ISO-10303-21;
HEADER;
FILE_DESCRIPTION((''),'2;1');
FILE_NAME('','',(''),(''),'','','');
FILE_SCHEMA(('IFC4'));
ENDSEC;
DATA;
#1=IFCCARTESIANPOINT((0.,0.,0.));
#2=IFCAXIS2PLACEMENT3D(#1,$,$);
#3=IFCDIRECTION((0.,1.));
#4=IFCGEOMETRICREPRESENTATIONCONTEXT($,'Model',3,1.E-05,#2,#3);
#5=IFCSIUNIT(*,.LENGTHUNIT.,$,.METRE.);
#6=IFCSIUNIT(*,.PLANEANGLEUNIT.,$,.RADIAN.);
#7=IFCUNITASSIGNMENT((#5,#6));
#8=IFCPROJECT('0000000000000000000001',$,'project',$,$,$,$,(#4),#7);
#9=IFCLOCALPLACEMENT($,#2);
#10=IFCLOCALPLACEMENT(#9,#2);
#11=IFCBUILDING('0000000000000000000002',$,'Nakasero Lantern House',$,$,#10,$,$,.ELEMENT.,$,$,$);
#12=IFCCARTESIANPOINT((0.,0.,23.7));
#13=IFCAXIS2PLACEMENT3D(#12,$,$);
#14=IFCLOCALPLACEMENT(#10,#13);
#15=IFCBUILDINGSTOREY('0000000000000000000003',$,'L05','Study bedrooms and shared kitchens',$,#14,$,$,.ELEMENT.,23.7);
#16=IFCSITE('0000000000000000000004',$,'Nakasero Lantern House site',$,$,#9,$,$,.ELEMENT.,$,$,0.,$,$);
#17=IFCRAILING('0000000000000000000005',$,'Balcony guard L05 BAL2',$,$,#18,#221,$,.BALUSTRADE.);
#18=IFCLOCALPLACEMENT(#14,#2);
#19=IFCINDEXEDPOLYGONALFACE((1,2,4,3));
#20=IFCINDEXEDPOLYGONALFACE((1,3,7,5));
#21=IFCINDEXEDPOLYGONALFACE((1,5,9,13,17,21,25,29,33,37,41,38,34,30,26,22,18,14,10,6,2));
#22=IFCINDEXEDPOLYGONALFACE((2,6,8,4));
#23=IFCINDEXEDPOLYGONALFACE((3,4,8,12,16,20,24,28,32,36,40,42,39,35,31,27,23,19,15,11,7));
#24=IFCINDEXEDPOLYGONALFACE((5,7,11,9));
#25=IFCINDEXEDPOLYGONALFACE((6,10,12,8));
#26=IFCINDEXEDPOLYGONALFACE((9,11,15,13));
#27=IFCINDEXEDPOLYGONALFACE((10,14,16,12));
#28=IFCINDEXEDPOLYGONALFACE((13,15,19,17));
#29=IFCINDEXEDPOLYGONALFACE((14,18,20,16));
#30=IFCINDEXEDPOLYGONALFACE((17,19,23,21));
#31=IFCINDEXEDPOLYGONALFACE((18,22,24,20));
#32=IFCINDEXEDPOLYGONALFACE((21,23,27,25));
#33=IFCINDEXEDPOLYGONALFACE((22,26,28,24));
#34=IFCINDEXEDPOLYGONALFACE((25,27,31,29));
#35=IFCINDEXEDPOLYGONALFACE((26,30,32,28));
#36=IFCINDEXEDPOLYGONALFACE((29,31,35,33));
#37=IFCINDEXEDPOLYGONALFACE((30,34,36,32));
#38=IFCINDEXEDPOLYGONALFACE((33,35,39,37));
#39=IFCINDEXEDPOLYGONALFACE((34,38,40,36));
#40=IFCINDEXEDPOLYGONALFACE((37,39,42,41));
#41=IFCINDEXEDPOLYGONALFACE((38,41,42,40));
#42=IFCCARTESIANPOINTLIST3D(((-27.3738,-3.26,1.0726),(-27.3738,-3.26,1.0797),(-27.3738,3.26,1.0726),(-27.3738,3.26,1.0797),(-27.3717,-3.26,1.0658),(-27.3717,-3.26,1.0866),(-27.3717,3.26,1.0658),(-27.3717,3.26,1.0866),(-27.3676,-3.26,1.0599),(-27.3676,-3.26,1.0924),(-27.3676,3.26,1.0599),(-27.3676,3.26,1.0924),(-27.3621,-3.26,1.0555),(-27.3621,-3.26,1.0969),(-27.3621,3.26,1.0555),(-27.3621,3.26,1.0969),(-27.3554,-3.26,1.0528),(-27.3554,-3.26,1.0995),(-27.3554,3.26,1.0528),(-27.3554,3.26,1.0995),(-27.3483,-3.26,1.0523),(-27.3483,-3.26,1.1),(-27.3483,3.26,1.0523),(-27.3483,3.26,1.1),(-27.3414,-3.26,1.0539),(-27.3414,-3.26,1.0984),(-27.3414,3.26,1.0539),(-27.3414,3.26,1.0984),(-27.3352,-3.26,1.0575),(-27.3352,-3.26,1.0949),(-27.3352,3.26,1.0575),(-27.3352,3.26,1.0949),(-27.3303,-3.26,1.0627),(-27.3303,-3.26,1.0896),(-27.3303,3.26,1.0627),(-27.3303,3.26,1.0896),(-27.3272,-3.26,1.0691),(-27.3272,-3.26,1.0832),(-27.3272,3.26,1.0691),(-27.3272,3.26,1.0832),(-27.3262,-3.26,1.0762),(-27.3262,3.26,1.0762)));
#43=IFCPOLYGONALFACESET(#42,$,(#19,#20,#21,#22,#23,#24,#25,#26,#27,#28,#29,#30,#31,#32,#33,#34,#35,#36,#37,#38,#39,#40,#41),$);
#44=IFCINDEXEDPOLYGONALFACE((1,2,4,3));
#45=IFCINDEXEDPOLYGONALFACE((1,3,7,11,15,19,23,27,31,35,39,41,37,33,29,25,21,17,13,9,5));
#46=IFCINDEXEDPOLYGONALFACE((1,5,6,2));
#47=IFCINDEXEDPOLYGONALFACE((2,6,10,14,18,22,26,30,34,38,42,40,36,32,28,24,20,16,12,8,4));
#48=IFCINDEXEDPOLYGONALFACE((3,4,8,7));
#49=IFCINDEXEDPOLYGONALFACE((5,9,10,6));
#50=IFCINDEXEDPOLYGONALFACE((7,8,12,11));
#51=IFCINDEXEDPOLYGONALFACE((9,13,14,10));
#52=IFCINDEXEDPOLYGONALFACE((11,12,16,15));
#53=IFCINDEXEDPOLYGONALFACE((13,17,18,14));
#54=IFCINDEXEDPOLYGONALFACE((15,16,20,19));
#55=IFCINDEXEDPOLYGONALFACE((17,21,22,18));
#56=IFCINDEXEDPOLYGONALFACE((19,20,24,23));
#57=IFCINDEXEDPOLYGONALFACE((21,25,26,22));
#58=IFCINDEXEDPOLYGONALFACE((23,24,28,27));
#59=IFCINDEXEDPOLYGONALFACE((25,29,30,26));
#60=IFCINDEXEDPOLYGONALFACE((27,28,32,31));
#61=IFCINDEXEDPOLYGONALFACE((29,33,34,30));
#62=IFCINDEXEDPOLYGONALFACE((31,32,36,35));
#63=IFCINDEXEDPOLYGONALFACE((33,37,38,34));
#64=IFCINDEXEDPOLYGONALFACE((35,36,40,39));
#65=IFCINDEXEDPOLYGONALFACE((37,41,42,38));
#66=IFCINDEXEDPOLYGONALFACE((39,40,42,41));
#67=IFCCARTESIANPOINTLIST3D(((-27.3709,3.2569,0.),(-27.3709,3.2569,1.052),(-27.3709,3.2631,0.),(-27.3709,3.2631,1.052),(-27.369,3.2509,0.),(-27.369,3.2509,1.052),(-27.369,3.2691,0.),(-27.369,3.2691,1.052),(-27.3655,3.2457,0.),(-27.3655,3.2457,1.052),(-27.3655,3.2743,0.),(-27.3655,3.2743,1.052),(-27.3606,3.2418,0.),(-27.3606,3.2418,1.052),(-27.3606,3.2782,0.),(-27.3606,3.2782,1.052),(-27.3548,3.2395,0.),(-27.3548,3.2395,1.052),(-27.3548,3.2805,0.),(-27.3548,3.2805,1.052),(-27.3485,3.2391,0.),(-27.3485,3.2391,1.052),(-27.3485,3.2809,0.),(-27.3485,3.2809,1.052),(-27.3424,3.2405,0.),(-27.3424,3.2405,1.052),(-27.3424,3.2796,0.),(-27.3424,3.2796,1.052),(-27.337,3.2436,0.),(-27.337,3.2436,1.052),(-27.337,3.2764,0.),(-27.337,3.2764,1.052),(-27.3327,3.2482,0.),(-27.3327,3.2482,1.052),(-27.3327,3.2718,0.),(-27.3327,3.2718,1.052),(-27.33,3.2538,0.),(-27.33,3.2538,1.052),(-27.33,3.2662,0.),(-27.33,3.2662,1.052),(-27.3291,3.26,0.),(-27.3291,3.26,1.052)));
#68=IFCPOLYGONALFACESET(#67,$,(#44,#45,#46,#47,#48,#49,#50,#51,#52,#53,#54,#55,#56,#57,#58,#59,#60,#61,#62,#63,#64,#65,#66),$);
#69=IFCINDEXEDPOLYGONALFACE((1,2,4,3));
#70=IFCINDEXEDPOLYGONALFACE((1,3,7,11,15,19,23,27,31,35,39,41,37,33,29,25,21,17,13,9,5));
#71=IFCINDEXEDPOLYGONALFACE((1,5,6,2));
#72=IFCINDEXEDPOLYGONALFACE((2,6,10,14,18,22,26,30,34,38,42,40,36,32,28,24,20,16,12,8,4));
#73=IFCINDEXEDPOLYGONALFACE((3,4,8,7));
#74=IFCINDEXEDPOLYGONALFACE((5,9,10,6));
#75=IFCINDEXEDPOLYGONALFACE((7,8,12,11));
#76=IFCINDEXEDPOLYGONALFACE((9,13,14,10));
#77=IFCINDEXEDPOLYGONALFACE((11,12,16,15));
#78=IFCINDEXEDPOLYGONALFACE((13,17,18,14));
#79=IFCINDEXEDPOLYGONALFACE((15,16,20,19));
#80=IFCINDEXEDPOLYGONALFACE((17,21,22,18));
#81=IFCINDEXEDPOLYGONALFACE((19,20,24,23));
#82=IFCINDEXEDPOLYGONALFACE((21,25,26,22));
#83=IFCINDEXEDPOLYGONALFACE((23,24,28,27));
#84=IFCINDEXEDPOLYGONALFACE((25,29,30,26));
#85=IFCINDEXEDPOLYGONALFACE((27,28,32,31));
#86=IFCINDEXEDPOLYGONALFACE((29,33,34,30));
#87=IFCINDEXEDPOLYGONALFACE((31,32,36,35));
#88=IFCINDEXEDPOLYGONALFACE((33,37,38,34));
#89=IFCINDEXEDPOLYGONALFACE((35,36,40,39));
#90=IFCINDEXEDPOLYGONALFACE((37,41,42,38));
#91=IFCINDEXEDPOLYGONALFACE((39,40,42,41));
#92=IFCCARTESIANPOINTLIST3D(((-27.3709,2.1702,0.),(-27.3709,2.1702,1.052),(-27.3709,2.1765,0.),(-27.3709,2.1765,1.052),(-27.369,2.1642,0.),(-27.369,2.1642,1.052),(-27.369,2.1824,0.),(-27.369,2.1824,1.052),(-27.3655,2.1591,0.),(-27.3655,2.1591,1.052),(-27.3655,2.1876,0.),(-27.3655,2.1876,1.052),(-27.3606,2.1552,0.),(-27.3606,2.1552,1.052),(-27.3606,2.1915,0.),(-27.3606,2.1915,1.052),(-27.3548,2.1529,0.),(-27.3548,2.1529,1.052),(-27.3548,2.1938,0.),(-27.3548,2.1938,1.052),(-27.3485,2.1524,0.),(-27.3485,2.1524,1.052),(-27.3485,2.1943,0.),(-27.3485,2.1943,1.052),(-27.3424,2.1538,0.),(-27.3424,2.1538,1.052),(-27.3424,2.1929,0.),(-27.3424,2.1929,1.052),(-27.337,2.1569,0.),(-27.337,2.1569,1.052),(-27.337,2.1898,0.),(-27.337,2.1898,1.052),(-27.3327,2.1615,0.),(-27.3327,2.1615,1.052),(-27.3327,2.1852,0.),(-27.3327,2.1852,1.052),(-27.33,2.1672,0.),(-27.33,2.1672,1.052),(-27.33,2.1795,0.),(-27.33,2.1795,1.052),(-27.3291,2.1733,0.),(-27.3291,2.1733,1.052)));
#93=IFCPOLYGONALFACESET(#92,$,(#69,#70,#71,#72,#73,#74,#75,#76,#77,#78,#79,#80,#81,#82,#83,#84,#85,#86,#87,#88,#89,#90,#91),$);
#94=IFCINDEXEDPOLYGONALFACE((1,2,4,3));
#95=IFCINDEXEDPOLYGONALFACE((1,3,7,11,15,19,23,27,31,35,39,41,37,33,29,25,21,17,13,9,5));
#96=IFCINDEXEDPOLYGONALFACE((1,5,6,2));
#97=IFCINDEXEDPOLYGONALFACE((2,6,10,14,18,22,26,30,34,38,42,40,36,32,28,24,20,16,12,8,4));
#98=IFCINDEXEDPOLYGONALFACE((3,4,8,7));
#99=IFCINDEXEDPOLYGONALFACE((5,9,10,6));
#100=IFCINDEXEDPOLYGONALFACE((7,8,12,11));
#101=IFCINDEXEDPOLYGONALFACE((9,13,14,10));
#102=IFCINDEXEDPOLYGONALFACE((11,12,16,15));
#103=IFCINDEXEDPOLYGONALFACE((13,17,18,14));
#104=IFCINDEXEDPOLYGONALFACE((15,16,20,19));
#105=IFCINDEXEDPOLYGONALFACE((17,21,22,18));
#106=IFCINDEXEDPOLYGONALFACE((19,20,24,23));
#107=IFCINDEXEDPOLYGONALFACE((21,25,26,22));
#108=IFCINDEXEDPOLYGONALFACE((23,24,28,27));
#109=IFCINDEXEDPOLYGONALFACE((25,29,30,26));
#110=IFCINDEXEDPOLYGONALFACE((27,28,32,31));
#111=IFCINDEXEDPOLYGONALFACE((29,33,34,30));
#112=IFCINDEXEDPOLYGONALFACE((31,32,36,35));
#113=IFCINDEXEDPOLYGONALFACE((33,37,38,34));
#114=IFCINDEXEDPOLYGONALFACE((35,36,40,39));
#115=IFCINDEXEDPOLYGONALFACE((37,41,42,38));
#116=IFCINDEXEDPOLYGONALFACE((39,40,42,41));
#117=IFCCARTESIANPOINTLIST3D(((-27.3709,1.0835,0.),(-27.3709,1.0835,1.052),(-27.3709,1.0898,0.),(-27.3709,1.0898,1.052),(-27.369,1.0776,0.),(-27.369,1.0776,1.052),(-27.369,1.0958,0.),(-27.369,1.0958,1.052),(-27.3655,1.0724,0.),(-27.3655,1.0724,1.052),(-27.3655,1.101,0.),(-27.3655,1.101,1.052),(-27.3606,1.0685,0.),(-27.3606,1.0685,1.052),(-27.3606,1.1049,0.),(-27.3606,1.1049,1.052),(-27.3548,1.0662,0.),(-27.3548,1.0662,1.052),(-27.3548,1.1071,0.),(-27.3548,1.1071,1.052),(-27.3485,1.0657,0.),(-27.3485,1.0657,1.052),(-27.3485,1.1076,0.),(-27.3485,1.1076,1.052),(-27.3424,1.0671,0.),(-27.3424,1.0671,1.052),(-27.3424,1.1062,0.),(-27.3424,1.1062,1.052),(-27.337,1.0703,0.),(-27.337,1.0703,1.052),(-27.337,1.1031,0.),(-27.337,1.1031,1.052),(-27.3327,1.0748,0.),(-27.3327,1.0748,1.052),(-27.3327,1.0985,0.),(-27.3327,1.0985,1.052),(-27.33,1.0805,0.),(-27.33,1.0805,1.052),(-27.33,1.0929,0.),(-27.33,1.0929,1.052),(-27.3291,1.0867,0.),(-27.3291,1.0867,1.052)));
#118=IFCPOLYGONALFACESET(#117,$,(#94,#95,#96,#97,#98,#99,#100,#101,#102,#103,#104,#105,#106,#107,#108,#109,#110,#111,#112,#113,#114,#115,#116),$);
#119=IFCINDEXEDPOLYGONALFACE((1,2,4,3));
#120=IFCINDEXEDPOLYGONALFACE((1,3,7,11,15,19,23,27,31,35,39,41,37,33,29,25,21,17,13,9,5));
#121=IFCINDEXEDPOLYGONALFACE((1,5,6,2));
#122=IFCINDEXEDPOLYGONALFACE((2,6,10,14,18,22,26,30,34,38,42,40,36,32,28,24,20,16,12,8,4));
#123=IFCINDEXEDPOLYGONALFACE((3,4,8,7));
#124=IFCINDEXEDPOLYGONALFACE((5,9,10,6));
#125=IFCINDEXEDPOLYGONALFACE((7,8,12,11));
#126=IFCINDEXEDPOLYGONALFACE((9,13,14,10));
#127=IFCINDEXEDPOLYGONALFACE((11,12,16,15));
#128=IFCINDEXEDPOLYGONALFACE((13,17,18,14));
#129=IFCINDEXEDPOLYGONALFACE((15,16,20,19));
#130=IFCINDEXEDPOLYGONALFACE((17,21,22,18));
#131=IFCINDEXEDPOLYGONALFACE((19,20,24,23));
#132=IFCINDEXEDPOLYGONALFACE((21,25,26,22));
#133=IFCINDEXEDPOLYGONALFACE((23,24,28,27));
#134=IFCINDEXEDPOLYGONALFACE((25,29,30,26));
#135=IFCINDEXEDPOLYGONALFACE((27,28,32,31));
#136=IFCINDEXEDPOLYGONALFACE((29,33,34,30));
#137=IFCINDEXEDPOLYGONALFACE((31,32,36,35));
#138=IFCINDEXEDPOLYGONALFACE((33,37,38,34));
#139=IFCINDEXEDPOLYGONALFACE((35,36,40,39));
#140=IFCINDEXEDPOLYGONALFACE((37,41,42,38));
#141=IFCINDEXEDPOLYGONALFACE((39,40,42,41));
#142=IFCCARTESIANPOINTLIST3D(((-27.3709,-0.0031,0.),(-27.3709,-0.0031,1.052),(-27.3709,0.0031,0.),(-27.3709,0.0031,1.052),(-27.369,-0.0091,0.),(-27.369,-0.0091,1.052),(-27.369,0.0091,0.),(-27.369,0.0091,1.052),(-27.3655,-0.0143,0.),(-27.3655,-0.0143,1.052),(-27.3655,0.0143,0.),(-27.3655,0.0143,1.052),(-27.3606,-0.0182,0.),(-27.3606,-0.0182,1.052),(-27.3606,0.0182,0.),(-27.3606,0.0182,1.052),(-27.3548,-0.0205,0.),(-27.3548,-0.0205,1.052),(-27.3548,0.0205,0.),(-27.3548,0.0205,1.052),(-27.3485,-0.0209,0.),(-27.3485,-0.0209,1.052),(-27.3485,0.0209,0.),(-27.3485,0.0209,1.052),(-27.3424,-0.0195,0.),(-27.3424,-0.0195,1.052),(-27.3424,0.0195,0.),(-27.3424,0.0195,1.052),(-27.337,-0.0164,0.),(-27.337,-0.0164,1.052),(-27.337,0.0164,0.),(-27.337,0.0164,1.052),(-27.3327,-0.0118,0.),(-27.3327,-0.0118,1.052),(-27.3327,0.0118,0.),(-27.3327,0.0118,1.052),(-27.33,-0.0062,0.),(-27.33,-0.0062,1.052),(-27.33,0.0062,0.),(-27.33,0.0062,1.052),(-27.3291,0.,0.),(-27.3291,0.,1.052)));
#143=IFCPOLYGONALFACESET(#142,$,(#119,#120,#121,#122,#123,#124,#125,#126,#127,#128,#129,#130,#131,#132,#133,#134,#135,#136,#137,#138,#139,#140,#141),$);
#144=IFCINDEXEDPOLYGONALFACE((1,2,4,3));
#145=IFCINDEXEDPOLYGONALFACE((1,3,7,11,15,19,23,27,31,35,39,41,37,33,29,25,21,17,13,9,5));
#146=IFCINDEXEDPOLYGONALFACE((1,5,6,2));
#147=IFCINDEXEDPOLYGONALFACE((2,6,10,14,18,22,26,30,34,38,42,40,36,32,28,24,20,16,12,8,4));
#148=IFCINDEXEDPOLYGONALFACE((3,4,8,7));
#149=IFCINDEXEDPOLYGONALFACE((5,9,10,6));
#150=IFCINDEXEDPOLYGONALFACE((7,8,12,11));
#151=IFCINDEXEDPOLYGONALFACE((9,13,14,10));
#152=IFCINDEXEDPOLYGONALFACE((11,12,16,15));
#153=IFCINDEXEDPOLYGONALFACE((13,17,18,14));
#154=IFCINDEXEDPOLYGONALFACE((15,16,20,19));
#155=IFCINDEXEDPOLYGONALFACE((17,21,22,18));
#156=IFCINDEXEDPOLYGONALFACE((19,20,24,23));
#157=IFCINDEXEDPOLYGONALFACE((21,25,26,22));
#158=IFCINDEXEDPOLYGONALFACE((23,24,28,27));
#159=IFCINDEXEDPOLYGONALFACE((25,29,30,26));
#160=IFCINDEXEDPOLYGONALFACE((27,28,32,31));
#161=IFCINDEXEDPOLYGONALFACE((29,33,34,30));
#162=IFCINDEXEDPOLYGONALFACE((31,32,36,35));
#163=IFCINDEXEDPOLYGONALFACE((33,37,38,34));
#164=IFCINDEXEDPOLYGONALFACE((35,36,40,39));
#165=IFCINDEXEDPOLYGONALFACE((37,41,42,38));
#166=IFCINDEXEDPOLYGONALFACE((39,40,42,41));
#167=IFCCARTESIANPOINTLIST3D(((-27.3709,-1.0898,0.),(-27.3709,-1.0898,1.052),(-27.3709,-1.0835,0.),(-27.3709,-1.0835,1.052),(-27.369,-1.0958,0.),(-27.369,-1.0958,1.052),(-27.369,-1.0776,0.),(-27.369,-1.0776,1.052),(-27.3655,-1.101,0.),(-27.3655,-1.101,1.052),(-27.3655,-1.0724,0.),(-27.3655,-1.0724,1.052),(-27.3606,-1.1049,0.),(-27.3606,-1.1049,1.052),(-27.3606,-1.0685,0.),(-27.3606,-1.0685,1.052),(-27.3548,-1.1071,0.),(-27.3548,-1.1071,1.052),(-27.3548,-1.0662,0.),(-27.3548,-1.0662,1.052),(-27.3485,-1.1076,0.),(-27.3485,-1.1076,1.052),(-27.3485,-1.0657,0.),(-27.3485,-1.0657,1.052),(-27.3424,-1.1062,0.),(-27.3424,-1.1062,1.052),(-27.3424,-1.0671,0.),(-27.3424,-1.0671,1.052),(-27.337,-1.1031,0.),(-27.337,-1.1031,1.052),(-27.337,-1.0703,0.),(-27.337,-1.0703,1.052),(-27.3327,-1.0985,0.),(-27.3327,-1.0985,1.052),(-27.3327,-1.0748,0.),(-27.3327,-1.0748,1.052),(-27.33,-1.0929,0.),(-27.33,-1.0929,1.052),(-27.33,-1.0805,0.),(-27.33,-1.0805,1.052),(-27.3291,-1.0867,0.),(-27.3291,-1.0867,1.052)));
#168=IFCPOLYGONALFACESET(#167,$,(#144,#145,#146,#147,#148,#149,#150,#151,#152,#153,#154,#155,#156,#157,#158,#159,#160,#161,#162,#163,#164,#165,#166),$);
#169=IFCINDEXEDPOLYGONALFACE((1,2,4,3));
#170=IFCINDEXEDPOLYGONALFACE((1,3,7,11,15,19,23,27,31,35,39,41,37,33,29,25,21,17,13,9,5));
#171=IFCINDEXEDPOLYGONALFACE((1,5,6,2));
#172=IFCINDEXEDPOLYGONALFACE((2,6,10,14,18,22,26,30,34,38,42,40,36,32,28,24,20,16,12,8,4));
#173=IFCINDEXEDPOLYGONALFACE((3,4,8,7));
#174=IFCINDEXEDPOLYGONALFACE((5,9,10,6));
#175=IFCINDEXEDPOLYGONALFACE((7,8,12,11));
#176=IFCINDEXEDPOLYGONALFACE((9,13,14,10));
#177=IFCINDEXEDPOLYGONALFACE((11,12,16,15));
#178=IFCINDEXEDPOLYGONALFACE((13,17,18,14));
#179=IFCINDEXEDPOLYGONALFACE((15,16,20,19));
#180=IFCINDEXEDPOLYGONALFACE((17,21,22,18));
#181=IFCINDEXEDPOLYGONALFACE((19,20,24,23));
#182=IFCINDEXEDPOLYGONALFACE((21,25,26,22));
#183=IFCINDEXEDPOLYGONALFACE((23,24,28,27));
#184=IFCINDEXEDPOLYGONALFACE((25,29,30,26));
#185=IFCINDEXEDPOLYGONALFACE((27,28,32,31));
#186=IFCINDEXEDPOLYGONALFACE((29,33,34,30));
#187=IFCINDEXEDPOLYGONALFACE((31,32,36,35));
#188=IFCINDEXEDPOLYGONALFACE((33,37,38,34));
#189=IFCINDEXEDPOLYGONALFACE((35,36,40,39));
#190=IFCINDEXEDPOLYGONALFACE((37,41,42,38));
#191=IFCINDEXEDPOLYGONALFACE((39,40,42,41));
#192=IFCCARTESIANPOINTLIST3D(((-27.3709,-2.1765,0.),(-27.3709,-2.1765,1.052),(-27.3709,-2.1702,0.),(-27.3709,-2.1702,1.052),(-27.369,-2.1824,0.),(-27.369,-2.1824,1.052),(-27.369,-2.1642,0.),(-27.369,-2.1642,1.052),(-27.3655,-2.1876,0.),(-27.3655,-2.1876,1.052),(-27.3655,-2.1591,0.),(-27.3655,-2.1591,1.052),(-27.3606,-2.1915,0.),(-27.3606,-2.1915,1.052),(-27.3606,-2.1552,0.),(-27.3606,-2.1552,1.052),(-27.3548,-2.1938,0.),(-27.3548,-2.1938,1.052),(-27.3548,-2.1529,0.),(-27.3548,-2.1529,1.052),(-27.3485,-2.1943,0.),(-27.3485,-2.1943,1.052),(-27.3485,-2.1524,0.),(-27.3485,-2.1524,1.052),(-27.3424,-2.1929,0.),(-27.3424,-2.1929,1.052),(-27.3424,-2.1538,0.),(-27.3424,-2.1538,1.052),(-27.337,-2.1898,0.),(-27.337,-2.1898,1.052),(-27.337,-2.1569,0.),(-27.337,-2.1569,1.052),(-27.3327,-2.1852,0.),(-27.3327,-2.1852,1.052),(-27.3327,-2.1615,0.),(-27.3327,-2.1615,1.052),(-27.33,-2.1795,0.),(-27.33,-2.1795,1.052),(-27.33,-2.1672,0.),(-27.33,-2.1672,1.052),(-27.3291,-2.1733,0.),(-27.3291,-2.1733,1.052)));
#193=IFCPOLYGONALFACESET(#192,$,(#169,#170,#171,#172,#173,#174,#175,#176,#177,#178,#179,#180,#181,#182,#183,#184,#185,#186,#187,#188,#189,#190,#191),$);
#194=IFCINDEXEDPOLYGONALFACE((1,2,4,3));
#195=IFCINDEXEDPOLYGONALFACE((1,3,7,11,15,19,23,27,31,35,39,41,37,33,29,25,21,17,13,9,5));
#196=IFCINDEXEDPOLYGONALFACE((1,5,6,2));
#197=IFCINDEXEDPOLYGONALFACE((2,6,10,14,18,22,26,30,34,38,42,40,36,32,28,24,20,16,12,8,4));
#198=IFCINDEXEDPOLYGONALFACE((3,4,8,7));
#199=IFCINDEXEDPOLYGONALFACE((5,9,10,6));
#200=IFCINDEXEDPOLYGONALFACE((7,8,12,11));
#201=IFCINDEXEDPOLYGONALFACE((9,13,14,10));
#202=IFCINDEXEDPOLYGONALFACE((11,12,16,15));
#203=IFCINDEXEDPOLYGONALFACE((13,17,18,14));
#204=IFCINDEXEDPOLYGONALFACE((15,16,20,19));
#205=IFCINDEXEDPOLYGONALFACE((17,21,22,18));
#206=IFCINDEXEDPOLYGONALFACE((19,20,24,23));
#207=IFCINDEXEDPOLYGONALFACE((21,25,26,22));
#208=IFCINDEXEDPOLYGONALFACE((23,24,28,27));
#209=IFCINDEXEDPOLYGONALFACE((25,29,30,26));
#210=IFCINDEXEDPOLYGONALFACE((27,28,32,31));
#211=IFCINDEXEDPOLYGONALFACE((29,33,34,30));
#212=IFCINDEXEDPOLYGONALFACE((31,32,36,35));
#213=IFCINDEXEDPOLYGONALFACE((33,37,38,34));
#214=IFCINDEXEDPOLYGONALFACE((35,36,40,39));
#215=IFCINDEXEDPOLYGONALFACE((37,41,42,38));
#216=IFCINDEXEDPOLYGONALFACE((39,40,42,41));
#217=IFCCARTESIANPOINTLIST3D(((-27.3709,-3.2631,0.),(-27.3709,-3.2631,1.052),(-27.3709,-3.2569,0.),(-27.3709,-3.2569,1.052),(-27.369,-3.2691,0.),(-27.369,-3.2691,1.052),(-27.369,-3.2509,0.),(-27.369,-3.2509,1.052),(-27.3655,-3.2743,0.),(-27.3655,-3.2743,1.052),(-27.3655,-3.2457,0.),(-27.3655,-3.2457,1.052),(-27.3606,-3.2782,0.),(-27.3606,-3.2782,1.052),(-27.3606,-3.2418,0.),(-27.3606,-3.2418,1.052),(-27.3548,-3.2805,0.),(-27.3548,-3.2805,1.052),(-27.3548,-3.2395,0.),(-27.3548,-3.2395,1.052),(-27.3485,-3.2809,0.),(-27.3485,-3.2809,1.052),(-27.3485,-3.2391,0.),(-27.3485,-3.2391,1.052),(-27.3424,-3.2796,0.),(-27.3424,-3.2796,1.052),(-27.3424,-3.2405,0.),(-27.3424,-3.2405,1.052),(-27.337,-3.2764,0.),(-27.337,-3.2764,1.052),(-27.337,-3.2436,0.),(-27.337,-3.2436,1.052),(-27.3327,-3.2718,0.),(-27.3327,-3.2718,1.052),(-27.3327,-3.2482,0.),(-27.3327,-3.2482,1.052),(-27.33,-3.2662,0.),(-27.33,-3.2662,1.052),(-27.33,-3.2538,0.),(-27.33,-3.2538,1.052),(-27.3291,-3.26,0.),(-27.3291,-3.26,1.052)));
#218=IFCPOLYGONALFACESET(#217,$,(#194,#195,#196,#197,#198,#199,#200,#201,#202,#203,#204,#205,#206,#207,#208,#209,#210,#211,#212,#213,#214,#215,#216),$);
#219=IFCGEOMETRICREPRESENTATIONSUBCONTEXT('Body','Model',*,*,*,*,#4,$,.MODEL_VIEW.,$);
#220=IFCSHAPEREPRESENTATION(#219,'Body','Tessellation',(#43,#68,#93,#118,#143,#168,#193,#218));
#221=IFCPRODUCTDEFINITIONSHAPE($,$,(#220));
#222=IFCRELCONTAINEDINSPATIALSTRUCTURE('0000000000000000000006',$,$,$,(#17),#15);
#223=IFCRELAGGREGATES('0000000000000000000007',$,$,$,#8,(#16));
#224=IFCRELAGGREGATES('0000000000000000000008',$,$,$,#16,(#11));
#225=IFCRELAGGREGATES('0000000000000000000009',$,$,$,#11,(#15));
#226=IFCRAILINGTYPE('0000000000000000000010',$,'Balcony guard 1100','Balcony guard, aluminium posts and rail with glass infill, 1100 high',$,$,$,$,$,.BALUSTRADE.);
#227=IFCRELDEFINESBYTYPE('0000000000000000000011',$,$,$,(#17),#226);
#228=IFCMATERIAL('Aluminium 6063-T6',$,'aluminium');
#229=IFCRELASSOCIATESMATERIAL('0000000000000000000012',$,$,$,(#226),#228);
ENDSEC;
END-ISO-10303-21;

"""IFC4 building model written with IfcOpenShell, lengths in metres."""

from ifc_helpers import new_model, si_unit, direction, frame, origin, origin_2d, place, context, subcontext, project, spatial, circle, extrude, material, type_object, element, save


model = new_model("IFC4")

# Units and contexts
model_context = context("Model", 3, precision=1e-05, world=origin(), true_north=direction((0.0, 1.0)))
body_context = subcontext(model_context, "Body", "Model", "MODEL_VIEW")
ifc_project = project(units=[si_unit("LENGTHUNIT", "METRE"), si_unit("PLANEANGLEUNIT", "RADIAN")], contexts=[model_context])

# Site, building, storey
site_placement = place(None, origin())
site = spatial("IfcSite", under=ifc_project, at=site_placement, Name="Nakasero Lantern House site", CompositionType="ELEMENT", RefElevation=0.0)
building_placement = place(site_placement, origin())
building = spatial("IfcBuilding", under=site, at=building_placement, Name="Nakasero Lantern House", CompositionType="ELEMENT")
storey_placement = place(building_placement, frame((0.0, 0.0, 23.7)))
storey = spatial("IfcBuildingStorey", under=building, at=storey_placement, Name="L05", Description="Study bedrooms and shared kitchens", CompositionType="ELEMENT", Elevation=23.7)

# Railing
ifc_material_1 = material(Name="Aluminium 6063-T6", Category="aluminium")
railing_type = type_object("IfcRailingType", Name="Balcony guard 1100", Description="Balcony guard, aluminium posts and rail with glass infill, 1100 high", PredefinedType="BALUSTRADE", material=ifc_material_1)
railing_placement = place(storey_placement, frame((-27.3501, 3.26, 0.0)))
element("IfcRailing", 1, at=railing_placement, inside=storey, type_object=railing_type, Name="Balcony guard L05 BAL2", PredefinedType="BALUSTRADE", context=body_context, shape_type="SweptSolid", body=[
    extrude(circle(Radius=0.0239, at=origin_2d()), frame((0.0, 0.0, 1.0762), z_axis=(0.0, -1.0, 0.0), x_axis=(1.0, 0.0, 0.0)), (0.0, 0.0, 1.0), 6.52),
    extrude(circle(Radius=0.021, at=origin_2d()), origin(), (0.0, 0.0, 1.0), 1.052),
    extrude(circle(Radius=0.021, at=origin_2d()), frame((0.0, -1.0867, 0.0)), (0.0, 0.0, 1.0), 1.052),
    extrude(circle(Radius=0.021, at=origin_2d()), frame((0.0, -2.1733, 0.0)), (0.0, 0.0, 1.0), 1.052),
    extrude(circle(Radius=0.021, at=origin_2d()), frame((0.0, -3.26, 0.0)), (0.0, 0.0, 1.0), 1.052),
    extrude(circle(Radius=0.021, at=origin_2d()), frame((0.0, -4.3467, 0.0)), (0.0, 0.0, 1.0), 1.052),
    extrude(circle(Radius=0.021, at=origin_2d()), frame((0.0, -5.4333, 0.0)), (0.0, 0.0, 1.0), 1.052),
    extrude(circle(Radius=0.021, at=origin_2d()), frame((0.0, -6.52, 0.0)), (0.0, 0.0, 1.0), 1.052),
])

save(model, "model.ifc")
